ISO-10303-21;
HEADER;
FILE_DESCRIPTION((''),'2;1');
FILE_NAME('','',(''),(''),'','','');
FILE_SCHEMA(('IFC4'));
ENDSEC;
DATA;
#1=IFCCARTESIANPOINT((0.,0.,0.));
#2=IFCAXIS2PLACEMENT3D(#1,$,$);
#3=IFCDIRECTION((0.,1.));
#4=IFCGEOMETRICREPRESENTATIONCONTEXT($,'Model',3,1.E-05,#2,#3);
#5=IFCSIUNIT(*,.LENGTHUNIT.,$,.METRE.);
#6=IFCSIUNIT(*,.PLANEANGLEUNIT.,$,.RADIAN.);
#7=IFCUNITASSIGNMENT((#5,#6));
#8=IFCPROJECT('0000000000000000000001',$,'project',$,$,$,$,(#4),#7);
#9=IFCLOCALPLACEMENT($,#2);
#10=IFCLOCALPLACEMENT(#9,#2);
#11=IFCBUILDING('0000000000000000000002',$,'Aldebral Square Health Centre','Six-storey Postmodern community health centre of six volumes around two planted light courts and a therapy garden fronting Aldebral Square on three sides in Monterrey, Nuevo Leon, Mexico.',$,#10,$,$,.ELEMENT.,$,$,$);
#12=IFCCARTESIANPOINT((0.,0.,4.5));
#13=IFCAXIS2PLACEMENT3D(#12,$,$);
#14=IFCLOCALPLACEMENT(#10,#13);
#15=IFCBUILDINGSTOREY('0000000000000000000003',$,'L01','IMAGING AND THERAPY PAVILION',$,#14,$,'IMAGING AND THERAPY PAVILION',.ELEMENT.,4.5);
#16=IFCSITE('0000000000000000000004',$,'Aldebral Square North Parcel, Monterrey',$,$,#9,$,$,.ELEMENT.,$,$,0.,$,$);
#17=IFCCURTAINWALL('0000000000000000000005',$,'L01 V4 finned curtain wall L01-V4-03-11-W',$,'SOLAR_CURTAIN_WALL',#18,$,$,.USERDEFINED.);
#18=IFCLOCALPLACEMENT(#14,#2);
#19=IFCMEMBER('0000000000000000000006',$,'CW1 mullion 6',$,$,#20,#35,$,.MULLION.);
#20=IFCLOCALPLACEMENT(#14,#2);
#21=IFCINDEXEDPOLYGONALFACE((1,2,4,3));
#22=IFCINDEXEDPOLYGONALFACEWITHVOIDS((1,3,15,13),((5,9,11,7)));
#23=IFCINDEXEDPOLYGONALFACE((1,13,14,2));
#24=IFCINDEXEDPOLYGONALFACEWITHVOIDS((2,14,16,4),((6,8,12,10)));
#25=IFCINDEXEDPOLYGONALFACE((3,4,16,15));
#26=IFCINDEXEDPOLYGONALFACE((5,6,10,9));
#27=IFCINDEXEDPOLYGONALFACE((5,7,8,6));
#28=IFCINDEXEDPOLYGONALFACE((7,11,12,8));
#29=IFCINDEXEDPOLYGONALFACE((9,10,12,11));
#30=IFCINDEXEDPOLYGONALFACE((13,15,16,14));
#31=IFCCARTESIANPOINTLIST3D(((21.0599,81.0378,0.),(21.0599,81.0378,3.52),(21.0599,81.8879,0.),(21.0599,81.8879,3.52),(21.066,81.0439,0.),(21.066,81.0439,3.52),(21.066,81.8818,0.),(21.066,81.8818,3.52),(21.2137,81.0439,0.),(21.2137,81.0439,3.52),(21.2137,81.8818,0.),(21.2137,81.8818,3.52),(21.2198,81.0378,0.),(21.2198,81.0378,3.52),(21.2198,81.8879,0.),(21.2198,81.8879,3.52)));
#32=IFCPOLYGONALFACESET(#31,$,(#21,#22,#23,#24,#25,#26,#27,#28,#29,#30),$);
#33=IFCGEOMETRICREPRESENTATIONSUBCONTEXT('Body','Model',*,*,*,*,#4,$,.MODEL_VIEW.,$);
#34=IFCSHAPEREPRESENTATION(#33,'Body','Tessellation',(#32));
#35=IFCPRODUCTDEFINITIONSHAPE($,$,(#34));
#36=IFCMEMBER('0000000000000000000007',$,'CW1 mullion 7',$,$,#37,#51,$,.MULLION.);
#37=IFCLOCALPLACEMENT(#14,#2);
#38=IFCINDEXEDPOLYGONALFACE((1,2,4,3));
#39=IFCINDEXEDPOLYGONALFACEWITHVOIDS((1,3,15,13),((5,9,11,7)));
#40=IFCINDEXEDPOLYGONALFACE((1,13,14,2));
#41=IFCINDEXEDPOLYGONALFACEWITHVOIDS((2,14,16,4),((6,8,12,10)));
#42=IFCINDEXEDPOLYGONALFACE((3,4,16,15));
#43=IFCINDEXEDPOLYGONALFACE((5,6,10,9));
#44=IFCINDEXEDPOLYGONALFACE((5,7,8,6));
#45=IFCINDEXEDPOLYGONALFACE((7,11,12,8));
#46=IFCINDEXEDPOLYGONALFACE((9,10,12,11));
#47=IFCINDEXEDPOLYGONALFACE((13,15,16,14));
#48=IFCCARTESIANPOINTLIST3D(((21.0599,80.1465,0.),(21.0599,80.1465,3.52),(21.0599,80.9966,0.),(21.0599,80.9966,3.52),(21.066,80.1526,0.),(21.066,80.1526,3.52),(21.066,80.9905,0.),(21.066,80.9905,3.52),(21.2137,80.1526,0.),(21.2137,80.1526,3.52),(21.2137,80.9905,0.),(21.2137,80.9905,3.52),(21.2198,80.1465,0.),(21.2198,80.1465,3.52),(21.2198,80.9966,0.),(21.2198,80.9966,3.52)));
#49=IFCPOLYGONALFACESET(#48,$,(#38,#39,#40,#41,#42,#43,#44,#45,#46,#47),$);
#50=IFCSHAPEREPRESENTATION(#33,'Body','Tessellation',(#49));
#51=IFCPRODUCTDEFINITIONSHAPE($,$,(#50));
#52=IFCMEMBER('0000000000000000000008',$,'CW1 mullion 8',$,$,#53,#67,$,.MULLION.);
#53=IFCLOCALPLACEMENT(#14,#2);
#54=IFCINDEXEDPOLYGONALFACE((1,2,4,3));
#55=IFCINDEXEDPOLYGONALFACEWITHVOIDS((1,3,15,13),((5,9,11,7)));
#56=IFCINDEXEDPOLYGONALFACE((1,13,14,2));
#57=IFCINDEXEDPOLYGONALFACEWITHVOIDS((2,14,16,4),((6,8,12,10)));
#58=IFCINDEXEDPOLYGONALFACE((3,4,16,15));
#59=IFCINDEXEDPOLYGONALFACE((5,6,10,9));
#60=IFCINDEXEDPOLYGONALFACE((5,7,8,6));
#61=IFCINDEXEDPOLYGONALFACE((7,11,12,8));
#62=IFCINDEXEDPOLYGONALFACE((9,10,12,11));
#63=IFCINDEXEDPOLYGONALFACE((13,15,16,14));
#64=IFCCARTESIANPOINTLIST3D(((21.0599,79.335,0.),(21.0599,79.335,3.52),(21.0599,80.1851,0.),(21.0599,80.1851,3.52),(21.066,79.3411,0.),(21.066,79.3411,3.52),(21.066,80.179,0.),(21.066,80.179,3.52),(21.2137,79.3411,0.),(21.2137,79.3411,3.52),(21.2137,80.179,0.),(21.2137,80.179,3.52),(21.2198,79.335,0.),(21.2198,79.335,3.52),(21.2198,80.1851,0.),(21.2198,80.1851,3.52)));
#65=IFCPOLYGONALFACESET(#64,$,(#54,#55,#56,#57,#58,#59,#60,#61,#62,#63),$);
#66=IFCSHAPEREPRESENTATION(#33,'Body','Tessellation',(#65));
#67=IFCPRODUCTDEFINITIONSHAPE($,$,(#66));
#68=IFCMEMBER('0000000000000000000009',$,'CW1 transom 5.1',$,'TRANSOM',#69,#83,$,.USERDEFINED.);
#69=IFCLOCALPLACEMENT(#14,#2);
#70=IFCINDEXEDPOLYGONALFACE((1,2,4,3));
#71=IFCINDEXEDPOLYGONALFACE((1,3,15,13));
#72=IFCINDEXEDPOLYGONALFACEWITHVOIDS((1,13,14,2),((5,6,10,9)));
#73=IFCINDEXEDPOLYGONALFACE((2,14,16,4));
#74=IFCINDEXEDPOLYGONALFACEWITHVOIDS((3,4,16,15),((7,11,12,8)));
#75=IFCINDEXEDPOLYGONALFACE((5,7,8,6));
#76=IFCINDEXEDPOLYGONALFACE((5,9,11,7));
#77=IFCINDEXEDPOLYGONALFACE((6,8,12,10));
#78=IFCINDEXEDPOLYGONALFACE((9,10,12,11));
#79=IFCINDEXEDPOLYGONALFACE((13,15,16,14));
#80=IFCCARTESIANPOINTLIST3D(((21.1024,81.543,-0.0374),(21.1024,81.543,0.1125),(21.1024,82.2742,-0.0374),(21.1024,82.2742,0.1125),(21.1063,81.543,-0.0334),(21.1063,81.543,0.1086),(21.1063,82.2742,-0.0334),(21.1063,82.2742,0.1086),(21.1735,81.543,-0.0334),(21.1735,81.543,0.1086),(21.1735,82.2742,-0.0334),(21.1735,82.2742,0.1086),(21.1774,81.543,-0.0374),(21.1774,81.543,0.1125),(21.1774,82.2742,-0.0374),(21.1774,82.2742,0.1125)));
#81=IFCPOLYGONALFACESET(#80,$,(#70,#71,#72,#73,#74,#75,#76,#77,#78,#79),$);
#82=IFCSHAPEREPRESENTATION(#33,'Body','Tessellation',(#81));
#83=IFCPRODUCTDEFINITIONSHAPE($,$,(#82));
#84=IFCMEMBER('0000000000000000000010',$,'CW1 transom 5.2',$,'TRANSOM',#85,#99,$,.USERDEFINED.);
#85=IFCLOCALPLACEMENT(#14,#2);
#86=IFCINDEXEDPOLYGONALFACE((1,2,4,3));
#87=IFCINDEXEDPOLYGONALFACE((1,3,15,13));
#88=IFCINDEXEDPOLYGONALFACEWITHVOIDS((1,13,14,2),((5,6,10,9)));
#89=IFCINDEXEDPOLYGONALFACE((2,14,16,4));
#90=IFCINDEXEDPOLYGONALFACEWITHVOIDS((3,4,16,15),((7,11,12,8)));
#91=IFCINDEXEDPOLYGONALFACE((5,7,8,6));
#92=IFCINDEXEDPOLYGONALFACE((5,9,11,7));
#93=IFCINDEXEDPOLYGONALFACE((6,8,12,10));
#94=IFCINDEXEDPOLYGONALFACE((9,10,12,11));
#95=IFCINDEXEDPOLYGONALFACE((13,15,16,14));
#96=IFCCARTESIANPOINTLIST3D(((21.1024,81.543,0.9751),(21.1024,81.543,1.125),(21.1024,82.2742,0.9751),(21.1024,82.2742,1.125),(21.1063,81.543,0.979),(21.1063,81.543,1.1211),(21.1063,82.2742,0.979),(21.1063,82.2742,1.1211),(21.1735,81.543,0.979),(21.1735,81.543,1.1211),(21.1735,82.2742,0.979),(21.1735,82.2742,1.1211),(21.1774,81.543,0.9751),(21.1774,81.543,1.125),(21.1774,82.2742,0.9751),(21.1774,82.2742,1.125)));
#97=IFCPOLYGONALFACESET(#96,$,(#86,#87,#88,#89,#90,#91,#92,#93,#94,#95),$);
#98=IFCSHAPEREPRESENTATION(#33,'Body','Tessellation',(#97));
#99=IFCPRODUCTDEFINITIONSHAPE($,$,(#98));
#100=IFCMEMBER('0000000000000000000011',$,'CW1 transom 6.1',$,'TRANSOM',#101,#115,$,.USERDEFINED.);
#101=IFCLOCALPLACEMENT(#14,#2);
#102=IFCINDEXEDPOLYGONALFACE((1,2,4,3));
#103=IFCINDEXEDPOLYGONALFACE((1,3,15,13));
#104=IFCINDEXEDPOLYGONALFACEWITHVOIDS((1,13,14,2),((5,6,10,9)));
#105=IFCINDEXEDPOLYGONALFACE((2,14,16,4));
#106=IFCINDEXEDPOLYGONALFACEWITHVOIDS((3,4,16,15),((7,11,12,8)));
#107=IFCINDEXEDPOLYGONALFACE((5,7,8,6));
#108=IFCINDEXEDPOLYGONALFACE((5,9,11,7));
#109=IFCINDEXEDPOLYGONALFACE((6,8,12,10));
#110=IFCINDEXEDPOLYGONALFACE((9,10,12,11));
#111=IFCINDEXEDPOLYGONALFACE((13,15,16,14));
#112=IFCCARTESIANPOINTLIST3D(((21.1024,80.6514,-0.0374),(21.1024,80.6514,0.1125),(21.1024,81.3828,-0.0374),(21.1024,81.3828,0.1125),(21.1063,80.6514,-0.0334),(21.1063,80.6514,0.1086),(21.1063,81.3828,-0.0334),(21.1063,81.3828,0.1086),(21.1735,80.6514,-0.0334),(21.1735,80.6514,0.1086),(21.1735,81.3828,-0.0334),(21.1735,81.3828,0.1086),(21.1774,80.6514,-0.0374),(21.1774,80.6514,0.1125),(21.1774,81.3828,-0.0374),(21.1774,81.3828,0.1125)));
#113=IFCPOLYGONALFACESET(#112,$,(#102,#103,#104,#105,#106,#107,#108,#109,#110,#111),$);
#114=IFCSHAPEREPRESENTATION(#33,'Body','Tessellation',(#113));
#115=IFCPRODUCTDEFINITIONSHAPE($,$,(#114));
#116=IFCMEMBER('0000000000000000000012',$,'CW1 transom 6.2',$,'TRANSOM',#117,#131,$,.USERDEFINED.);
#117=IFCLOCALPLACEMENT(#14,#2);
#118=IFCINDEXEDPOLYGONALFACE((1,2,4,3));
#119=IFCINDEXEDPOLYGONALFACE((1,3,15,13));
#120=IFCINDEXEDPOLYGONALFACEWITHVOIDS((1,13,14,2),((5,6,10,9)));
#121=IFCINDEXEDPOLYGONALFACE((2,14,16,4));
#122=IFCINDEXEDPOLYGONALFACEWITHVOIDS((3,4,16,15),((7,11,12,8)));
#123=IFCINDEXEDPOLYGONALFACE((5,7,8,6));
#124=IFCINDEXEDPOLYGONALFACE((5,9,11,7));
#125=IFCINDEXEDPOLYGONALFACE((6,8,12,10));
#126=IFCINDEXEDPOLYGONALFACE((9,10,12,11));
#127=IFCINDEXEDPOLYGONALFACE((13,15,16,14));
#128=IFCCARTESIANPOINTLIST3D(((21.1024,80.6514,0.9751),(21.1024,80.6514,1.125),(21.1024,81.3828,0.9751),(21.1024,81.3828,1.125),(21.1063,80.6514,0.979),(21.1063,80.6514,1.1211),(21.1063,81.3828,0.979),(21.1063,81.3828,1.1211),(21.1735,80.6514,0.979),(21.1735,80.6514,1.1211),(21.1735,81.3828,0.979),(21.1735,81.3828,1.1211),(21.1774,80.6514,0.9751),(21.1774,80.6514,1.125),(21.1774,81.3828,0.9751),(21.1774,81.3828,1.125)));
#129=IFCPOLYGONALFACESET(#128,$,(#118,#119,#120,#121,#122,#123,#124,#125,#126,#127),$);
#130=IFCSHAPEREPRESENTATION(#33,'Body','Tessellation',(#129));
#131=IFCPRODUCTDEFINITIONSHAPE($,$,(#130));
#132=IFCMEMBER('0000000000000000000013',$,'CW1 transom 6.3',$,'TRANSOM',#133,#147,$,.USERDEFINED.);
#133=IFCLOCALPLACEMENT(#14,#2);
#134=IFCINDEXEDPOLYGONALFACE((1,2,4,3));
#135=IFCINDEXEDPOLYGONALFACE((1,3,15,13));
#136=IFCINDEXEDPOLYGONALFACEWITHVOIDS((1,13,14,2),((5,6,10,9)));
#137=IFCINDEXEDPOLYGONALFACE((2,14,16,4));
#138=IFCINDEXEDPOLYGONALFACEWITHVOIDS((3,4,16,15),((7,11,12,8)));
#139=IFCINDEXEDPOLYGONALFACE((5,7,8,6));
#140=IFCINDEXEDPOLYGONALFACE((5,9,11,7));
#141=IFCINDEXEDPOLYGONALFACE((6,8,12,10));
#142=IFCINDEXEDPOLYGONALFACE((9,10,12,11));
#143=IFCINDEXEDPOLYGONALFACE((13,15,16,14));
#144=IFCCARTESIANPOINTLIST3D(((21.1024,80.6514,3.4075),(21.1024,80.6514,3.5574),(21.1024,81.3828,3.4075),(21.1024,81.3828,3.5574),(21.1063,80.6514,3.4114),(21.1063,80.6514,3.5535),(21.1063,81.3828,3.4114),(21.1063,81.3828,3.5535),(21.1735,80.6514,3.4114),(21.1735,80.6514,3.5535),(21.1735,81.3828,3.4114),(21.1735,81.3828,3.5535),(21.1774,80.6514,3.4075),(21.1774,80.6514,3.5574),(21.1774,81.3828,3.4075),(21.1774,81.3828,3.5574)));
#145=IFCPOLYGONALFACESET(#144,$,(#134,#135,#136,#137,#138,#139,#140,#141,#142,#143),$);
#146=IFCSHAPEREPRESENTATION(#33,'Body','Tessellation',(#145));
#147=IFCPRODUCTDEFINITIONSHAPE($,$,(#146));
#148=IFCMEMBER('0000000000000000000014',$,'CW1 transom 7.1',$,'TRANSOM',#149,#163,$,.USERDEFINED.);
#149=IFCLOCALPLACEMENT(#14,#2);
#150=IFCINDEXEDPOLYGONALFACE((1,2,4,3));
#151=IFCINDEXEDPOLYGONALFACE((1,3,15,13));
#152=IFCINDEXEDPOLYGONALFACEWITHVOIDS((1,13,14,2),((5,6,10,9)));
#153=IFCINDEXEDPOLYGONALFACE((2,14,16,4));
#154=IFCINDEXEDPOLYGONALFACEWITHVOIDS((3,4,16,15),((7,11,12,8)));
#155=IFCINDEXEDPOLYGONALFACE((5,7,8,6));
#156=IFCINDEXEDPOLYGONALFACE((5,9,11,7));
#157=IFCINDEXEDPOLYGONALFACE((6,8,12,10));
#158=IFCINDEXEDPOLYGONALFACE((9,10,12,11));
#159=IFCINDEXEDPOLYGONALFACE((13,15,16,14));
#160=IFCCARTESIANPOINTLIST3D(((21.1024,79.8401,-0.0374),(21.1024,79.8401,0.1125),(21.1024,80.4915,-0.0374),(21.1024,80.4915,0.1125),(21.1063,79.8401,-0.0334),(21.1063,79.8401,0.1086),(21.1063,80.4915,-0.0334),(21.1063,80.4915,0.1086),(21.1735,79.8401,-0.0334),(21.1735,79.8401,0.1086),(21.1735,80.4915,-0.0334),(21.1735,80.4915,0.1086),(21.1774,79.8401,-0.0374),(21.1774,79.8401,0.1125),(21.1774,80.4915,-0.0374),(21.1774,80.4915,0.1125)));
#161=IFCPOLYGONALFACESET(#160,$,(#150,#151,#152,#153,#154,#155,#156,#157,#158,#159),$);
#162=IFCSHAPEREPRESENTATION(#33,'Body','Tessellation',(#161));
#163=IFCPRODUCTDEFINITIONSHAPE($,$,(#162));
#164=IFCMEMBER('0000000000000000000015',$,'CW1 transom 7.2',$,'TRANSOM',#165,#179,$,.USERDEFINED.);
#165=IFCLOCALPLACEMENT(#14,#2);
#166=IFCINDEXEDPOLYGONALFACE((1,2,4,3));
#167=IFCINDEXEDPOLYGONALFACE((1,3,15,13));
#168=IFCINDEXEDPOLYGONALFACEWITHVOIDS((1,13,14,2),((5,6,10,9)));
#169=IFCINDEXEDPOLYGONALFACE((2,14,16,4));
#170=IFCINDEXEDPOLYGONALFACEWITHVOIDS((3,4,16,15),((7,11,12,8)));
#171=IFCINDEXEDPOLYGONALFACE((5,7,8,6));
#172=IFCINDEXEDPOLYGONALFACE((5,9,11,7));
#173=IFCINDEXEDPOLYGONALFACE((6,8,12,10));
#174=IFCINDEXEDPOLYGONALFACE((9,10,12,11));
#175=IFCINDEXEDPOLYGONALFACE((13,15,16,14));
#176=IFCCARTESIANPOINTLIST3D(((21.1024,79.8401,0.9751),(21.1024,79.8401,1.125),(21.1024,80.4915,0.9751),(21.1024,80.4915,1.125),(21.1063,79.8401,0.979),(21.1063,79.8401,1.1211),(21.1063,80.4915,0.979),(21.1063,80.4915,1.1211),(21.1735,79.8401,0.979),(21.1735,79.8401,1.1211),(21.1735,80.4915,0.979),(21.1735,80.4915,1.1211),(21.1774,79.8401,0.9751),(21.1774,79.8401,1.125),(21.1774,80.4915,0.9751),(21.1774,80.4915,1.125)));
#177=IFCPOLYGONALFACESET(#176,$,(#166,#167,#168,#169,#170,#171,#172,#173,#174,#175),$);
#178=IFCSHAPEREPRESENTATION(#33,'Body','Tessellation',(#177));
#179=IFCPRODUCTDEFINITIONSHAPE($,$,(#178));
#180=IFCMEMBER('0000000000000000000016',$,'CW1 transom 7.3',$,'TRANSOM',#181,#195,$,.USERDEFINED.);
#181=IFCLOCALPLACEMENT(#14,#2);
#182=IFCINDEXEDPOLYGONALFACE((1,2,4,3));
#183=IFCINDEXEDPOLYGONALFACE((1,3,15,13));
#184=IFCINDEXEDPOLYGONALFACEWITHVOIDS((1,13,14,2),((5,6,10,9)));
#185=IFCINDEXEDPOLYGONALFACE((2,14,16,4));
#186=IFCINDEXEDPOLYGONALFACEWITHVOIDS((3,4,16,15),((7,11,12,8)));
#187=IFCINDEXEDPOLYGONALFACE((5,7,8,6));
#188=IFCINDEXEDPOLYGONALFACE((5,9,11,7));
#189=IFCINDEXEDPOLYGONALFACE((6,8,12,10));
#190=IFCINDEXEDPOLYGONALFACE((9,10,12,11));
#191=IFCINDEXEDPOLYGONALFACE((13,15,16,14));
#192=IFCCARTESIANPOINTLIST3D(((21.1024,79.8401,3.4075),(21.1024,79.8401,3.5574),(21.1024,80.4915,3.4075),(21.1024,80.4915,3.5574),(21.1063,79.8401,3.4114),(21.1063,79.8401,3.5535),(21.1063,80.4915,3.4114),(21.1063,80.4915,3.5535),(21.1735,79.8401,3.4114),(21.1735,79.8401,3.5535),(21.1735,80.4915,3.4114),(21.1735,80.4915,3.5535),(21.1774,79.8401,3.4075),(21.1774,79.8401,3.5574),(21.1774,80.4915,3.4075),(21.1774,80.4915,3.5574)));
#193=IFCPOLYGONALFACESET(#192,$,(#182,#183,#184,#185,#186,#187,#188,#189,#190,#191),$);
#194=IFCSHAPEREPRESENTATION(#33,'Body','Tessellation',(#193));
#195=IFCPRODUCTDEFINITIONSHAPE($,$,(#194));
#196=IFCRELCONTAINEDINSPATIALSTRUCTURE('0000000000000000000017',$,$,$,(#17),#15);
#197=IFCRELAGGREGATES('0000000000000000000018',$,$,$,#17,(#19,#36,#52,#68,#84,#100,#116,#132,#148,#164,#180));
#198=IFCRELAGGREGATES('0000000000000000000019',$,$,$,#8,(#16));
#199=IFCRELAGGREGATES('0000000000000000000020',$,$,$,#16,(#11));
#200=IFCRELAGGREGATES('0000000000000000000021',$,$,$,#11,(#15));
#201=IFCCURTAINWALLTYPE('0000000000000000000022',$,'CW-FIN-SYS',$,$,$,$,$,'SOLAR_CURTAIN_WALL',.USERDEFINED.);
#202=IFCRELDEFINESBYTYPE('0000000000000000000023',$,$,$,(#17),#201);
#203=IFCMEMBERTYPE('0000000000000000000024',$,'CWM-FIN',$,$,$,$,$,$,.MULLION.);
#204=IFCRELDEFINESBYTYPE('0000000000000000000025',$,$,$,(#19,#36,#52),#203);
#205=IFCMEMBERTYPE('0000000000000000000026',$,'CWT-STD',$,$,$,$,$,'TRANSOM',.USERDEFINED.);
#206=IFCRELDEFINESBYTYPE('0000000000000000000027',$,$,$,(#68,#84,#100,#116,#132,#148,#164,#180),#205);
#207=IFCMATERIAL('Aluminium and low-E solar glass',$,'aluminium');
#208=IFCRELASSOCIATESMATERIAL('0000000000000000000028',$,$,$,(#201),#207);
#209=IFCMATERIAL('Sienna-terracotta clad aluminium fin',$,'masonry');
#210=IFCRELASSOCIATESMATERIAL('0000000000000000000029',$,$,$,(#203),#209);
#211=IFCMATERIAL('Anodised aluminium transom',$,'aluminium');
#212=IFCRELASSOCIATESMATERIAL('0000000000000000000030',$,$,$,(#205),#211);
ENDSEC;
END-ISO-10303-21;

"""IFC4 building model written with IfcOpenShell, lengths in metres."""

from ifc_helpers import new_model, si_unit, direction, frame, origin, origin_2d, place, context, subcontext, project, spatial, hollow_rectangle, extrude, material, material_profile, profile_set, type_object, element, aggregate, save


model = new_model("IFC4")

# Units and contexts
model_context = context("Model", 3, precision=1e-05, world=origin(), true_north=direction((0.0, 1.0)))
body_context = subcontext(model_context, "Body", "Model", "MODEL_VIEW")
ifc_project = project(units=[si_unit("LENGTHUNIT", "METRE"), si_unit("PLANEANGLEUNIT", "RADIAN")], contexts=[model_context])

# Site, building, storey
site_placement = place(None, origin())
site = spatial("IfcSite", under=ifc_project, at=site_placement, Name="Aldebral Square North Parcel, Monterrey", CompositionType="ELEMENT", RefElevation=0.0)
building_placement = place(site_placement, origin())
building = spatial("IfcBuilding", under=site, at=building_placement, Name="Aldebral Square Health Centre", Description="Six-storey Postmodern community health centre of six volumes around two planted light courts and a therapy garden fronting Aldebral Square on three sides in Monterrey, Nuevo Leon, Mexico.", CompositionType="ELEMENT")
storey_placement = place(building_placement, frame((0.0, 0.0, 4.5)))
storey = spatial("IfcBuildingStorey", under=building, at=storey_placement, Name="L01", Description="IMAGING AND THERAPY PAVILION", LongName="IMAGING AND THERAPY PAVILION", CompositionType="ELEMENT", Elevation=4.5)

# Curtain wall, members
ifc_material_1 = material(Name="Aluminium and low-E solar glass", Category="aluminium")
curtain_wall_type = type_object("IfcCurtainWallType", Name="CW-FIN-SYS", ElementType="SOLAR_CURTAIN_WALL", PredefinedType="USERDEFINED", material=ifc_material_1)
curtain_wall_placement = place(storey_placement, origin())
curtain_wall = element("IfcCurtainWall", 1, at=curtain_wall_placement, inside=storey, type_object=curtain_wall_type, Name="L01 V4 finned curtain wall L01-V4-03-11-W", ObjectType="SOLAR_CURTAIN_WALL", PredefinedType="USERDEFINED")
ifc_material_2 = material(Name="Sienna-terracotta clad aluminium fin", Category="masonry")
ifc_material_profile_1 = material_profile(ifc_material_2, hollow_rectangle(XDim=0.1599, YDim=0.8501, WallThickness=0.0061, at=origin_2d()), Name="FIN 160x850x6")
ifc_profile_set_1 = profile_set([ifc_material_profile_1], Name="Sienna-terracotta clad aluminium fin")
member_type_1 = type_object("IfcMemberType", Name="CWM-FIN", PredefinedType="MULLION", material=ifc_profile_set_1)
member_1_placement = place(storey_placement, frame((21.1399, 81.4629, 0.0), z_axis=(0.0, 0.0, 1.0), x_axis=(1.0, 0.0, 0.0)))
member_1 = element("IfcMember", 2, at=member_1_placement, type_object=member_type_1, Name="CW1 mullion 6", PredefinedType="MULLION", context=body_context, shape_type="SweptSolid", body=[
    extrude(hollow_rectangle(XDim=0.1599, YDim=0.8501, WallThickness=0.0061, at=origin_2d()), origin(), (0.0, 0.0, 1.0), 3.52),
])
member_2_placement = place(storey_placement, frame((21.1399, 80.5715, 0.0), z_axis=(0.0, 0.0, 1.0), x_axis=(1.0, 0.0, 0.0)))
member_2 = element("IfcMember", 3, at=member_2_placement, type_object=member_type_1, Name="CW1 mullion 7", PredefinedType="MULLION", context=body_context, shape_type="SweptSolid", body=[
    extrude(hollow_rectangle(XDim=0.1599, YDim=0.8501, WallThickness=0.0061, at=origin_2d()), origin(), (0.0, 0.0, 1.0), 3.52),
])
member_3_placement = place(storey_placement, frame((21.1399, 79.76, 0.0), z_axis=(0.0, 0.0, 1.0), x_axis=(1.0, 0.0, 0.0)))
member_3 = element("IfcMember", 4, at=member_3_placement, type_object=member_type_1, Name="CW1 mullion 8", PredefinedType="MULLION", context=body_context, shape_type="SweptSolid", body=[
    extrude(hollow_rectangle(XDim=0.1599, YDim=0.8501, WallThickness=0.0061, at=origin_2d()), origin(), (0.0, 0.0, 1.0), 3.52),
])
ifc_material_3 = material(Name="Anodised aluminium transom", Category="aluminium")
ifc_material_profile_2 = material_profile(ifc_material_3, hollow_rectangle(XDim=0.075, YDim=0.1499, WallThickness=0.0039, at=origin_2d()), Name="CWT 75x150x4")
ifc_profile_set_2 = profile_set([ifc_material_profile_2], Name="Anodised aluminium transom")
member_type_2 = type_object("IfcMemberType", Name="CWT-STD", ElementType="TRANSOM", PredefinedType="USERDEFINED", material=ifc_profile_set_2)
member_4_placement = place(storey_placement, frame((21.1399, 82.2742, 0.0376), z_axis=(0.0, -1.0, 0.0), x_axis=(1.0, 0.0, 0.0)))
member_4 = element("IfcMember", 5, at=member_4_placement, type_object=member_type_2, Name="CW1 transom 5.1", ObjectType="TRANSOM", PredefinedType="USERDEFINED", context=body_context, shape_type="SweptSolid", body=[
    extrude(hollow_rectangle(XDim=0.075, YDim=0.1499, WallThickness=0.0039, at=origin_2d()), origin(), (0.0, 0.0, 1.0), 0.7312),
])
member_5_placement = place(storey_placement, frame((21.1399, 82.2742, 1.05), z_axis=(0.0, -1.0, 0.0), x_axis=(1.0, 0.0, 0.0)))
member_5 = element("IfcMember", 6, at=member_5_placement, type_object=member_type_2, Name="CW1 transom 5.2", ObjectType="TRANSOM", PredefinedType="USERDEFINED", context=body_context, shape_type="SweptSolid", body=[
    extrude(hollow_rectangle(XDim=0.075, YDim=0.1499, WallThickness=0.0039, at=origin_2d()), origin(), (0.0, 0.0, 1.0), 0.7312),
])
member_6_placement = place(storey_placement, frame((21.1399, 81.3828, 0.0376), z_axis=(0.0, -1.0, 0.0), x_axis=(1.0, 0.0, 0.0)))
member_6 = element("IfcMember", 7, at=member_6_placement, type_object=member_type_2, Name="CW1 transom 6.1", ObjectType="TRANSOM", PredefinedType="USERDEFINED", context=body_context, shape_type="SweptSolid", body=[
    extrude(hollow_rectangle(XDim=0.075, YDim=0.1499, WallThickness=0.0039, at=origin_2d()), origin(), (0.0, 0.0, 1.0), 0.7314),
])
member_7_placement = place(storey_placement, frame((21.1399, 81.3828, 1.05), z_axis=(0.0, -1.0, 0.0), x_axis=(1.0, 0.0, 0.0)))
member_7 = element("IfcMember", 8, at=member_7_placement, type_object=member_type_2, Name="CW1 transom 6.2", ObjectType="TRANSOM", PredefinedType="USERDEFINED", context=body_context, shape_type="SweptSolid", body=[
    extrude(hollow_rectangle(XDim=0.075, YDim=0.1499, WallThickness=0.0039, at=origin_2d()), origin(), (0.0, 0.0, 1.0), 0.7314),
])
member_8_placement = place(storey_placement, frame((21.1399, 81.3828, 3.4824), z_axis=(0.0, -1.0, 0.0), x_axis=(1.0, 0.0, 0.0)))
member_8 = element("IfcMember", 9, at=member_8_placement, type_object=member_type_2, Name="CW1 transom 6.3", ObjectType="TRANSOM", PredefinedType="USERDEFINED", context=body_context, shape_type="SweptSolid", body=[
    extrude(hollow_rectangle(XDim=0.075, YDim=0.1499, WallThickness=0.0039, at=origin_2d()), origin(), (0.0, 0.0, 1.0), 0.7314),
])
member_9_placement = place(storey_placement, frame((21.1399, 80.4915, 0.0376), z_axis=(0.0, -1.0, 0.0), x_axis=(1.0, 0.0, 0.0)))
member_9 = element("IfcMember", 10, at=member_9_placement, type_object=member_type_2, Name="CW1 transom 7.1", ObjectType="TRANSOM", PredefinedType="USERDEFINED", context=body_context, shape_type="SweptSolid", body=[
    extrude(hollow_rectangle(XDim=0.075, YDim=0.1499, WallThickness=0.0039, at=origin_2d()), origin(), (0.0, 0.0, 1.0), 0.6514),
])
member_10_placement = place(storey_placement, frame((21.1399, 80.4915, 1.05), z_axis=(0.0, -1.0, 0.0), x_axis=(1.0, 0.0, 0.0)))
member_10 = element("IfcMember", 11, at=member_10_placement, type_object=member_type_2, Name="CW1 transom 7.2", ObjectType="TRANSOM", PredefinedType="USERDEFINED", context=body_context, shape_type="SweptSolid", body=[
    extrude(hollow_rectangle(XDim=0.075, YDim=0.1499, WallThickness=0.0039, at=origin_2d()), origin(), (0.0, 0.0, 1.0), 0.6514),
])
member_11_placement = place(storey_placement, frame((21.1399, 80.4915, 3.4824), z_axis=(0.0, -1.0, 0.0), x_axis=(1.0, 0.0, 0.0)))
member_11 = element("IfcMember", 12, at=member_11_placement, type_object=member_type_2, Name="CW1 transom 7.3", ObjectType="TRANSOM", PredefinedType="USERDEFINED", context=body_context, shape_type="SweptSolid", body=[
    extrude(hollow_rectangle(XDim=0.075, YDim=0.1499, WallThickness=0.0039, at=origin_2d()), origin(), (0.0, 0.0, 1.0), 0.6514),
])
aggregate(curtain_wall, [member_1, member_2, member_3, member_4, member_5, member_6, member_7, member_8, member_9, member_10, member_11])

save(model, "model.ifc")
